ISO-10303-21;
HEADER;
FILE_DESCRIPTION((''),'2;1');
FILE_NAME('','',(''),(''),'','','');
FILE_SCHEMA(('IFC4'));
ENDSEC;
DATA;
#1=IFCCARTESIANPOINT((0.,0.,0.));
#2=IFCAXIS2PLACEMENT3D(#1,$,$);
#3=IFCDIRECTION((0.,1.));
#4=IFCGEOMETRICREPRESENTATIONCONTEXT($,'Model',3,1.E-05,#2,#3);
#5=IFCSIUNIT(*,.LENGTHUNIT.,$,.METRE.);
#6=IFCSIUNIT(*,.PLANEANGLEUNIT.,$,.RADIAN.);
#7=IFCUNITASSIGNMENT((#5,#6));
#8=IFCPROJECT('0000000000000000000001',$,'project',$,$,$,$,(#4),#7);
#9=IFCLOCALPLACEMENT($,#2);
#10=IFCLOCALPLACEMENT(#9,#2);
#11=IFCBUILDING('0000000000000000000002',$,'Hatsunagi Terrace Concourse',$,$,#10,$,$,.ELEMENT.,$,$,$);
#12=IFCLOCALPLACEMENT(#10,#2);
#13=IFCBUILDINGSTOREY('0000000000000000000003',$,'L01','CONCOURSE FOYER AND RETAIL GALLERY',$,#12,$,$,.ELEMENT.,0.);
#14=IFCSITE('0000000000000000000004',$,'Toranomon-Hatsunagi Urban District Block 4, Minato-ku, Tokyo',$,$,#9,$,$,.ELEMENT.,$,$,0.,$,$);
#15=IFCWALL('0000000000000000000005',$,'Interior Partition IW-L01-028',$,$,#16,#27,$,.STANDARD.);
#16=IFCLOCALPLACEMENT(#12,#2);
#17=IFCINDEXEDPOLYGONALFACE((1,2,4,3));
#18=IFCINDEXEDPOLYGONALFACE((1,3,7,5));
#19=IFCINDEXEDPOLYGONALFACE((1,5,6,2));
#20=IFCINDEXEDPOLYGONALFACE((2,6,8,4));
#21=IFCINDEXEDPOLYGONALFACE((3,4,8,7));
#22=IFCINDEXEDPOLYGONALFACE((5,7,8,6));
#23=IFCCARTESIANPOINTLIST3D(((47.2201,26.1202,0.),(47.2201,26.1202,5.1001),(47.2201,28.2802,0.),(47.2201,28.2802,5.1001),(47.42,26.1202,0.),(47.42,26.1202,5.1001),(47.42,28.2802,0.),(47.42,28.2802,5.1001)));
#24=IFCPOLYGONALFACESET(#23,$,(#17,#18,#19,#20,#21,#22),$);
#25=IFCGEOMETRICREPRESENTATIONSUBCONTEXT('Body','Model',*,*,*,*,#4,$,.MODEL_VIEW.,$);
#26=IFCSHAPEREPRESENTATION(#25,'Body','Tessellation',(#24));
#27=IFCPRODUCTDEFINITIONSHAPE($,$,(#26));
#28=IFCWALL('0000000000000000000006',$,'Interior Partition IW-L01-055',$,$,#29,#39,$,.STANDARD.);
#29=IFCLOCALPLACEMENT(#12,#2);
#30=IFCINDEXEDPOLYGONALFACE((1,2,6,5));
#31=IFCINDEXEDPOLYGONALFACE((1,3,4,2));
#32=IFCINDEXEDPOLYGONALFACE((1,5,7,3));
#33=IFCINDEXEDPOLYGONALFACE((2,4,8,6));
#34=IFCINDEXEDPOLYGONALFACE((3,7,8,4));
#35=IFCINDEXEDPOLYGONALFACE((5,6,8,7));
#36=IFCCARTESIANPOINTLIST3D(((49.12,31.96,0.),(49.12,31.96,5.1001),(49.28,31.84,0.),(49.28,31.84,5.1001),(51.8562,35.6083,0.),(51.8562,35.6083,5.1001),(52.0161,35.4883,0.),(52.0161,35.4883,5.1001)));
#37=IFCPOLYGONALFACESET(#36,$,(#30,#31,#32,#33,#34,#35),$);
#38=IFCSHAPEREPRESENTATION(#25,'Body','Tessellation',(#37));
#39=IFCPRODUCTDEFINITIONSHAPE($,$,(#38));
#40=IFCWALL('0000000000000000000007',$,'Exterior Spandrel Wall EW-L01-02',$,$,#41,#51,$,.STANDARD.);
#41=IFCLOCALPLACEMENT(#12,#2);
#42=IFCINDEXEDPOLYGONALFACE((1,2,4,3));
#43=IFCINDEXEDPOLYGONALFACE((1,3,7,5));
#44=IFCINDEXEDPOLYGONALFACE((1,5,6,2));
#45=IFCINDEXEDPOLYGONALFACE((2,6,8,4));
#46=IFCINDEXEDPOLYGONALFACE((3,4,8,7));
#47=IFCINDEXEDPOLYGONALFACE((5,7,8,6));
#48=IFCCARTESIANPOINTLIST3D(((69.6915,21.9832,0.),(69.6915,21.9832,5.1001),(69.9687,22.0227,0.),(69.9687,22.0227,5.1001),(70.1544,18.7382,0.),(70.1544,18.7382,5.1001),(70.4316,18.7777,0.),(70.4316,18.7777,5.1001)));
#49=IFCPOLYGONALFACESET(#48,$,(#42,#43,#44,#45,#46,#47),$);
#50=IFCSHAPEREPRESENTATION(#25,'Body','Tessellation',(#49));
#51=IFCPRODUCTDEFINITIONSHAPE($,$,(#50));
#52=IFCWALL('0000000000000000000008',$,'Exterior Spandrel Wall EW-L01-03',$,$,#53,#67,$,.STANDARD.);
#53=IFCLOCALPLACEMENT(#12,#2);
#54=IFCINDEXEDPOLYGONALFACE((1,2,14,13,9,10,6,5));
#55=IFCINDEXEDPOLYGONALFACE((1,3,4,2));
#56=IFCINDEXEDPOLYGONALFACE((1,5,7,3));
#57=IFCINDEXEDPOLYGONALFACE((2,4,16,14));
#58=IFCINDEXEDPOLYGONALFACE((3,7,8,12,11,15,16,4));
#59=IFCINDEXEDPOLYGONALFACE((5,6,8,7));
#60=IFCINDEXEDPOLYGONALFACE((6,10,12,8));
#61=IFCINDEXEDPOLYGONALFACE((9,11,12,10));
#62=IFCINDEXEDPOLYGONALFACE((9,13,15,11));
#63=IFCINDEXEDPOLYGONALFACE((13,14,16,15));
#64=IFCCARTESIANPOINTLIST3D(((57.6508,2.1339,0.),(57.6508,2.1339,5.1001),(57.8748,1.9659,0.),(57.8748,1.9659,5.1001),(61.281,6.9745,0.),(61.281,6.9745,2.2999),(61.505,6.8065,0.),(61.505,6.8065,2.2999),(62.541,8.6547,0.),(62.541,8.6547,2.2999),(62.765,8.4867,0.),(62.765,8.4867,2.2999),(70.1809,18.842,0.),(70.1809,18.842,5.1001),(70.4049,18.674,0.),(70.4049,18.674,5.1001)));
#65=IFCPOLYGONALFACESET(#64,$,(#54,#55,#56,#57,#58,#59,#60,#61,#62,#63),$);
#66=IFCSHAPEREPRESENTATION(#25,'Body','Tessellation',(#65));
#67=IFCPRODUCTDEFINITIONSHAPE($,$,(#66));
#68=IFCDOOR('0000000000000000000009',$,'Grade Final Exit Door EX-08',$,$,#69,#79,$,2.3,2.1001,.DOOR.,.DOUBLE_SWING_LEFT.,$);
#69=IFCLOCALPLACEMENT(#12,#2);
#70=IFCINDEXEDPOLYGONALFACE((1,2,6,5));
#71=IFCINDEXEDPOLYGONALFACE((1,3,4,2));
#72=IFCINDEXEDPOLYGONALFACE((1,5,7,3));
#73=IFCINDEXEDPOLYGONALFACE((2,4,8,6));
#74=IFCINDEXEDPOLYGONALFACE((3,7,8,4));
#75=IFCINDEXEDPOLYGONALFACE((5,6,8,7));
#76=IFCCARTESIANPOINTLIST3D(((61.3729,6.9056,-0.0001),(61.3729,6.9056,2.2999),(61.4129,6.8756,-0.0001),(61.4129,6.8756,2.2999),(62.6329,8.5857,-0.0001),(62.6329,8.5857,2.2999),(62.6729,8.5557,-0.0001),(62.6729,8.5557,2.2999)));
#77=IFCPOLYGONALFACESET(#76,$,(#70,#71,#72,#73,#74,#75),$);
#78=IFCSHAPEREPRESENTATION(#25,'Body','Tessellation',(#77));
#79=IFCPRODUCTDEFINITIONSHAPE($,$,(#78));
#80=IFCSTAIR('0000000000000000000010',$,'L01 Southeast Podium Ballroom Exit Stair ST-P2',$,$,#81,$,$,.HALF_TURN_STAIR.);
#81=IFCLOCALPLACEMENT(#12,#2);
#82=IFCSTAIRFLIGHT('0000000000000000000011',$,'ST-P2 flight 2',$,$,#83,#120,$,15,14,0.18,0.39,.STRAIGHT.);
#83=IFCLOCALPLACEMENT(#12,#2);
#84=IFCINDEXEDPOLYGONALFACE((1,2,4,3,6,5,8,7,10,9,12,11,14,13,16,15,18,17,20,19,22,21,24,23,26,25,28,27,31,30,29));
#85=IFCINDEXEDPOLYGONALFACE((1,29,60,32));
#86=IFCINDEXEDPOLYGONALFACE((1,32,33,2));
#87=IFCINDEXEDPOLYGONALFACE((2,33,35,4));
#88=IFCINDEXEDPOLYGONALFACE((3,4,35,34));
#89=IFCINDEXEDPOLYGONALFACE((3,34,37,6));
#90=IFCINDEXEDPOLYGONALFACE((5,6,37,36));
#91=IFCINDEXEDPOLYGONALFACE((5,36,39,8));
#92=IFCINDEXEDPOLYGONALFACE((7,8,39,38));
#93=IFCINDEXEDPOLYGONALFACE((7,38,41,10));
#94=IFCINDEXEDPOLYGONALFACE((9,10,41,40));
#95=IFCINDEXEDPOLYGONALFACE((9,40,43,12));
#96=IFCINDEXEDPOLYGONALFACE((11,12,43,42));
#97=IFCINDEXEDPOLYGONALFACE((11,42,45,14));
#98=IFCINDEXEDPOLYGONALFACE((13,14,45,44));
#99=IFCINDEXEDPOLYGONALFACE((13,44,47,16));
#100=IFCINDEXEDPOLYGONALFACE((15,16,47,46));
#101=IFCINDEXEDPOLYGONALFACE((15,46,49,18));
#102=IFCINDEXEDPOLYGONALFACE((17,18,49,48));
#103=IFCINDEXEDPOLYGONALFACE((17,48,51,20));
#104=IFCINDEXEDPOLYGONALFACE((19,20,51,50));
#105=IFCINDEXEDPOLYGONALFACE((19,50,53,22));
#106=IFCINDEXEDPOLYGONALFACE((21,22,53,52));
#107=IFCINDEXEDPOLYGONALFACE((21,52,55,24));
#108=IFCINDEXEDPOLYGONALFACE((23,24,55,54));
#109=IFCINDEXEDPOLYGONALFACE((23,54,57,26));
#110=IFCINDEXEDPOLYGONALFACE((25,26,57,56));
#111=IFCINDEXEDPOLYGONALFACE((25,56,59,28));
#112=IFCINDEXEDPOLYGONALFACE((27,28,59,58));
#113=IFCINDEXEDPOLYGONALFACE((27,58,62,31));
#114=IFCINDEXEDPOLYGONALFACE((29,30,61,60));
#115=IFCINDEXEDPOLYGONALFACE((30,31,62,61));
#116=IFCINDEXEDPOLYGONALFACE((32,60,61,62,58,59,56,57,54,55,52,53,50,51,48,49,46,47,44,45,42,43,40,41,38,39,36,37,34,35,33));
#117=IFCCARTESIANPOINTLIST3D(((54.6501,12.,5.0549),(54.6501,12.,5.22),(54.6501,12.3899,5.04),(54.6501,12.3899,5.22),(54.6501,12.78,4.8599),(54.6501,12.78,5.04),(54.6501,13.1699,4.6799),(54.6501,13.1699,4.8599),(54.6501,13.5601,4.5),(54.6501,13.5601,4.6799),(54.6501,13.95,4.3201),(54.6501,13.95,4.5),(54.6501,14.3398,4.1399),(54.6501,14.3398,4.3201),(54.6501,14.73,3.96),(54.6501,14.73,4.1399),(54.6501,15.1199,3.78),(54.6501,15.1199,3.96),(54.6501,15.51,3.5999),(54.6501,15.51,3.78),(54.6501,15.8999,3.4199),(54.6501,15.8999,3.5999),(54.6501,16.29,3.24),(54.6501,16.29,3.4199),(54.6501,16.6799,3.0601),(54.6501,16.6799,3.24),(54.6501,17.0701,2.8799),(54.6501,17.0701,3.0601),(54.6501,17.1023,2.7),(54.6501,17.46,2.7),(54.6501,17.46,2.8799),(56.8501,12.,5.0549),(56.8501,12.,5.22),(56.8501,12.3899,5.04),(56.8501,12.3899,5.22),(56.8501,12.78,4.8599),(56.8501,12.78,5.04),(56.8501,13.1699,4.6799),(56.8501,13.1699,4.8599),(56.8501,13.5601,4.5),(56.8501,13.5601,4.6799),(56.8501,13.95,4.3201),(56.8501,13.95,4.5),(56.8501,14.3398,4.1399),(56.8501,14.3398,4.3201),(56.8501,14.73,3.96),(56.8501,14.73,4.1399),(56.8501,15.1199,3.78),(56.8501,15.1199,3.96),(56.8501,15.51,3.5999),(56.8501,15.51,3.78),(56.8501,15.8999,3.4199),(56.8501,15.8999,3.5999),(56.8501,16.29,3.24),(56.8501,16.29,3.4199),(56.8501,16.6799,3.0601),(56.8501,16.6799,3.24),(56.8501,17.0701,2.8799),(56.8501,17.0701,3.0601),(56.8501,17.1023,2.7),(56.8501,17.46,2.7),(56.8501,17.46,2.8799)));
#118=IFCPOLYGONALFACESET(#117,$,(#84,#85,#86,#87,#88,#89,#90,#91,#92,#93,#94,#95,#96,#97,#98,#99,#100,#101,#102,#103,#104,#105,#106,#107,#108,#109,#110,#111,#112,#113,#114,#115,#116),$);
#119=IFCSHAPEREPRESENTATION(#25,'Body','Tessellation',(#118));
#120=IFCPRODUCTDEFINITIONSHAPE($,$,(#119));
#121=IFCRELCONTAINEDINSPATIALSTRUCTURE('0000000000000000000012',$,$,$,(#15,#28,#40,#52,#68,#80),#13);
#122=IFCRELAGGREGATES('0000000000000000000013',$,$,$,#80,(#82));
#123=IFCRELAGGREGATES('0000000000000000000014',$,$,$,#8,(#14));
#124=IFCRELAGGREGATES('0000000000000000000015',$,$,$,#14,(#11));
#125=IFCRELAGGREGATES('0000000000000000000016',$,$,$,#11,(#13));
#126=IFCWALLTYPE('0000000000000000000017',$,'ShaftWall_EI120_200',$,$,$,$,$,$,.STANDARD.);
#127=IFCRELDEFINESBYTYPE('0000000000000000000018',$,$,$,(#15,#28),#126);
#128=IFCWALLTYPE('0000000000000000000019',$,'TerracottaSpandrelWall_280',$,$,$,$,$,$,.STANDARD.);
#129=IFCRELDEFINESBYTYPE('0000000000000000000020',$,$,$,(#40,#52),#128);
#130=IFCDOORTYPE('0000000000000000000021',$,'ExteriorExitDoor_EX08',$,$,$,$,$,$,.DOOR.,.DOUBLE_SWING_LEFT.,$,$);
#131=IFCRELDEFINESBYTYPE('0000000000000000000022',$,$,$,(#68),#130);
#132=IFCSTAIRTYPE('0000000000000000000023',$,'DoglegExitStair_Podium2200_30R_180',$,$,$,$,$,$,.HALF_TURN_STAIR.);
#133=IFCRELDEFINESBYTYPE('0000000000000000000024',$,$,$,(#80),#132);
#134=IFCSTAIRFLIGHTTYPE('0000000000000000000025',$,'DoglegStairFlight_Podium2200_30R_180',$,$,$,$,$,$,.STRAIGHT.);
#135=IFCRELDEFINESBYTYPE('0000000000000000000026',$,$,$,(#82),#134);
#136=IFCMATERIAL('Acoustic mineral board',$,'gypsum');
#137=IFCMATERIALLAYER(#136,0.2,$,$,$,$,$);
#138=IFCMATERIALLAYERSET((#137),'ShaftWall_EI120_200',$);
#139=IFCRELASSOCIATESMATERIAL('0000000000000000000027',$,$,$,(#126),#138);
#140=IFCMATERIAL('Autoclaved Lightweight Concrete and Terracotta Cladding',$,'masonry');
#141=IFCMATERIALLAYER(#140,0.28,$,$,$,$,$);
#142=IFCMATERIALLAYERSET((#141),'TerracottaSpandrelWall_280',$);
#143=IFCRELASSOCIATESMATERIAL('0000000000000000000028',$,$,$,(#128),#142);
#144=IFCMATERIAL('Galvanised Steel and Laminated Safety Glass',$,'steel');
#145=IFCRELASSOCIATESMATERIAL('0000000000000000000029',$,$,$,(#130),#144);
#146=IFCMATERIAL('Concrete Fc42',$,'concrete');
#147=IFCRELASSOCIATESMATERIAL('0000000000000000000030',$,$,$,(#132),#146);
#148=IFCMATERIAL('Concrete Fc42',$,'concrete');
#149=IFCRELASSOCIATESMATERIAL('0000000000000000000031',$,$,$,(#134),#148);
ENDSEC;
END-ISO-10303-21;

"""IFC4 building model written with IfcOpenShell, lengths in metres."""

from ifc_helpers import new_model, si_unit, direction, frame, frame_2d, origin, place, context, subcontext, project, spatial, polyline, rectangle, outline, extrude, material, layer, layer_set, type_object, element, fill, aggregate, save


model = new_model("IFC4")

# Units and contexts
model_context = context("Model", 3, precision=1e-05, world=origin(), true_north=direction((0.0, 1.0)))
body_context = subcontext(model_context, "Body", "Model", "MODEL_VIEW")
ifc_project = project(units=[si_unit("LENGTHUNIT", "METRE"), si_unit("PLANEANGLEUNIT", "RADIAN")], contexts=[model_context])

# Site, building, storey
site_placement = place(None, origin())
site = spatial("IfcSite", under=ifc_project, at=site_placement, Name="Toranomon-Hatsunagi Urban District Block 4, Minato-ku, Tokyo", CompositionType="ELEMENT", RefElevation=0.0)
building_placement = place(site_placement, origin())
building = spatial("IfcBuilding", under=site, at=building_placement, Name="Hatsunagi Terrace Concourse", CompositionType="ELEMENT")
storey_placement = place(building_placement, origin())
storey = spatial("IfcBuildingStorey", under=building, at=storey_placement, Name="L01", Description="CONCOURSE FOYER AND RETAIL GALLERY", CompositionType="ELEMENT", Elevation=0.0)

# Wall
ifc_material_1 = material(Name="Acoustic mineral board", Category="gypsum")
ifc_layer_1 = layer(ifc_material_1, 0.2)
ifc_layer_set_1 = layer_set([ifc_layer_1], Name="ShaftWall_EI120_200")
wall_type_1 = type_object("IfcWallType", Name="ShaftWall_EI120_200", PredefinedType="STANDARD", material=ifc_layer_set_1)
for number, where, z_axis, x_axis, name in (
    (1, (47.3201, 26.1201, 0.0), (0.0, 0.0, 1.0), (0.0, 1.0, 0.0), "Interior Partition IW-L01-028"),
):
    element("IfcWall", number, at=place(storey_placement, frame(where, z_axis=z_axis, x_axis=x_axis)), inside=storey, type_object=wall_type_1, Name=name, PredefinedType="STANDARD", context=body_context, shape_type="SweptSolid", body=[
        extrude(rectangle(XDim=2.1599, YDim=0.2, at=frame_2d((1.0801, 0.0))), origin(), (0.0, 0.0, 1.0), 5.1001),
    ])

# Walls
wall_1_placement = place(storey_placement, frame((49.2, 31.8999, 0.0), z_axis=(0.0, 0.0, 1.0), x_axis=(0.599991, 0.800006, 0.0)))
element("IfcWall", 2, at=wall_1_placement, inside=storey, type_object=wall_type_1, Name="Interior Partition IW-L01-055", PredefinedType="STANDARD", context=body_context, shape_type="SweptSolid", body=[
    extrude(rectangle(XDim=4.5603, YDim=0.2, at=frame_2d((2.2803, 0.0))), origin(), (0.0, 0.0, 1.0), 5.1001),
])
ifc_material_2 = material(Name="Autoclaved Lightweight Concrete and Terracotta Cladding", Category="masonry")
ifc_layer_2 = layer(ifc_material_2, 0.28)
ifc_layer_set_2 = layer_set([ifc_layer_2], Name="TerracottaSpandrelWall_280")
wall_type_2 = type_object("IfcWallType", Name="TerracottaSpandrelWall_280", PredefinedType="STANDARD", material=ifc_layer_set_2)
wall_2_placement = place(storey_placement, frame((69.8301, 22.0029, 0.0), z_axis=(0.0, 0.0, 1.0), x_axis=(0.141223, -0.989978, 0.0)))
element("IfcWall", 3, at=wall_2_placement, inside=storey, type_object=wall_type_2, Name="Exterior Spandrel Wall EW-L01-02", PredefinedType="STANDARD", context=body_context, shape_type="SweptSolid", body=[
    extrude(rectangle(XDim=3.2778, YDim=0.28, at=frame_2d((1.6389, 0.0))), origin(), (0.0, 0.0, 1.0), 5.1001),
])

# Wall, opening, door
wall_3_placement = place(storey_placement, frame((70.293, 18.7581, 0.0), z_axis=(0.0, 0.0, 1.0), x_axis=(-0.59997, -0.800022, 0.0)))
wall_3 = element("IfcWall", 4, at=wall_3_placement, inside=storey, type_object=wall_type_2, Name="Exterior Spandrel Wall EW-L01-03", PredefinedType="STANDARD", context=body_context, shape_type="SweptSolid", body=[
    extrude(rectangle(XDim=20.8845, YDim=0.28, at=frame_2d((10.4424, 0.0))), origin(), (0.0, 0.0, 1.0), 5.1001),
])
opening_1_placement = place(wall_3_placement, frame((12.7339, 0.0, 0.0)))
opening_1 = element("IfcOpeningElement", 5, at=opening_1_placement, cuts=wall_3, PredefinedType="OPENING", context=body_context, shape_type="SweptSolid", body=[
    extrude(rectangle(XDim=2.1001, YDim=2.3, at=frame_2d((1.05, 1.1499))), frame((0.0, 0.1499, 0.0), z_axis=(0.0, -1.0, 0.0), x_axis=(1.0, 0.0, 0.0)), (0.0, 0.0, 1.0), 0.3),
])
ifc_material_3 = material(Name="Galvanised Steel and Laminated Safety Glass", Category="steel")
door_type_1 = type_object("IfcDoorType", Name="ExteriorExitDoor_EX08", OperationType="DOUBLE_SWING_LEFT", PredefinedType="DOOR", material=ifc_material_3)
door_1_placement = place(opening_1_placement, origin())
door_1 = element("IfcDoor", 6, at=door_1_placement, inside=storey, type_object=door_type_1, Name="Grade Final Exit Door EX-08", OperationType="DOUBLE_SWING_LEFT", OverallHeight=2.3, OverallWidth=2.1001, PredefinedType="DOOR", context=body_context, shape_type="SweptSolid", body=[
    extrude(rectangle(XDim=2.1001, YDim=2.3, at=frame_2d((1.05, 1.1499))), frame((0.0, 0.0249, 0.0), z_axis=(0.0, -1.0, 0.0), x_axis=(1.0, 0.0, 0.0)), (0.0, 0.0, 1.0), 0.05),
])
fill(opening_1, door_1)

# Stair, stair flight
ifc_material_4 = material(Name="Concrete Fc42", Category="concrete")
stair_type = type_object("IfcStairType", Name="DoglegExitStair_Podium2200_30R_180", PredefinedType="HALF_TURN_STAIR", material=ifc_material_4)
stair_placement = place(storey_placement, origin())
stair = element("IfcStair", 7, at=stair_placement, inside=storey, type_object=stair_type, Name="L01 Southeast Podium Ballroom Exit Stair ST-P2", PredefinedType="HALF_TURN_STAIR")
ifc_material_5 = material(Name="Concrete Fc42", Category="concrete")
stair_flight_type = type_object("IfcStairFlightType", Name="DoglegStairFlight_Podium2200_30R_180", PredefinedType="STRAIGHT", material=ifc_material_5)
stair_flight_placement = place(storey_placement, frame((55.75, 17.46, 2.7), z_axis=(0.0, 0.0, 1.0), x_axis=(0.0, -1.0, 0.0)))
stair_flight = element("IfcStairFlight", 8, at=stair_flight_placement, type_object=stair_flight_type, Name="ST-P2 flight 2", NumberOfRisers=15, NumberOfTreads=14, PredefinedType="STRAIGHT", RiserHeight=0.18, TreadLength=0.39, context=body_context, shape_type="SweptSolid", body=[
    extrude(outline(polyline([(0.0, 0.0), (0.0, 0.1799), (0.3899, 0.1799), (0.3899, 0.3601), (0.78, 0.3601), (0.78, 0.54), (1.1699, 0.54), (1.1699, 0.72), (1.5601, 0.72), (1.5601, 0.8999), (1.95, 0.8999), (1.95, 1.0801), (2.3401, 1.0801), (2.3401, 1.26), (2.73, 1.26), (2.73, 1.4399), (3.1201, 1.4399), (3.1201, 1.6201), (3.51, 1.6201), (3.51, 1.8), (3.8999, 1.8), (3.8999, 1.98), (4.29, 1.98), (4.29, 2.1599), (4.6799, 2.1599), (4.6799, 2.3401), (5.0701, 2.3401), (5.0701, 2.52), (5.46, 2.52), (5.46, 2.7), (5.46, 2.355), (0.3577, 0.0), (0.0, 0.0)])), frame((0.0, 1.1001, 0.0), z_axis=(0.0, -1.0, 0.0), x_axis=(1.0, 0.0, 0.0)), (0.0, 0.0, 1.0), 2.2),
])
aggregate(stair, [stair_flight])

save(model, "model.ifc")
